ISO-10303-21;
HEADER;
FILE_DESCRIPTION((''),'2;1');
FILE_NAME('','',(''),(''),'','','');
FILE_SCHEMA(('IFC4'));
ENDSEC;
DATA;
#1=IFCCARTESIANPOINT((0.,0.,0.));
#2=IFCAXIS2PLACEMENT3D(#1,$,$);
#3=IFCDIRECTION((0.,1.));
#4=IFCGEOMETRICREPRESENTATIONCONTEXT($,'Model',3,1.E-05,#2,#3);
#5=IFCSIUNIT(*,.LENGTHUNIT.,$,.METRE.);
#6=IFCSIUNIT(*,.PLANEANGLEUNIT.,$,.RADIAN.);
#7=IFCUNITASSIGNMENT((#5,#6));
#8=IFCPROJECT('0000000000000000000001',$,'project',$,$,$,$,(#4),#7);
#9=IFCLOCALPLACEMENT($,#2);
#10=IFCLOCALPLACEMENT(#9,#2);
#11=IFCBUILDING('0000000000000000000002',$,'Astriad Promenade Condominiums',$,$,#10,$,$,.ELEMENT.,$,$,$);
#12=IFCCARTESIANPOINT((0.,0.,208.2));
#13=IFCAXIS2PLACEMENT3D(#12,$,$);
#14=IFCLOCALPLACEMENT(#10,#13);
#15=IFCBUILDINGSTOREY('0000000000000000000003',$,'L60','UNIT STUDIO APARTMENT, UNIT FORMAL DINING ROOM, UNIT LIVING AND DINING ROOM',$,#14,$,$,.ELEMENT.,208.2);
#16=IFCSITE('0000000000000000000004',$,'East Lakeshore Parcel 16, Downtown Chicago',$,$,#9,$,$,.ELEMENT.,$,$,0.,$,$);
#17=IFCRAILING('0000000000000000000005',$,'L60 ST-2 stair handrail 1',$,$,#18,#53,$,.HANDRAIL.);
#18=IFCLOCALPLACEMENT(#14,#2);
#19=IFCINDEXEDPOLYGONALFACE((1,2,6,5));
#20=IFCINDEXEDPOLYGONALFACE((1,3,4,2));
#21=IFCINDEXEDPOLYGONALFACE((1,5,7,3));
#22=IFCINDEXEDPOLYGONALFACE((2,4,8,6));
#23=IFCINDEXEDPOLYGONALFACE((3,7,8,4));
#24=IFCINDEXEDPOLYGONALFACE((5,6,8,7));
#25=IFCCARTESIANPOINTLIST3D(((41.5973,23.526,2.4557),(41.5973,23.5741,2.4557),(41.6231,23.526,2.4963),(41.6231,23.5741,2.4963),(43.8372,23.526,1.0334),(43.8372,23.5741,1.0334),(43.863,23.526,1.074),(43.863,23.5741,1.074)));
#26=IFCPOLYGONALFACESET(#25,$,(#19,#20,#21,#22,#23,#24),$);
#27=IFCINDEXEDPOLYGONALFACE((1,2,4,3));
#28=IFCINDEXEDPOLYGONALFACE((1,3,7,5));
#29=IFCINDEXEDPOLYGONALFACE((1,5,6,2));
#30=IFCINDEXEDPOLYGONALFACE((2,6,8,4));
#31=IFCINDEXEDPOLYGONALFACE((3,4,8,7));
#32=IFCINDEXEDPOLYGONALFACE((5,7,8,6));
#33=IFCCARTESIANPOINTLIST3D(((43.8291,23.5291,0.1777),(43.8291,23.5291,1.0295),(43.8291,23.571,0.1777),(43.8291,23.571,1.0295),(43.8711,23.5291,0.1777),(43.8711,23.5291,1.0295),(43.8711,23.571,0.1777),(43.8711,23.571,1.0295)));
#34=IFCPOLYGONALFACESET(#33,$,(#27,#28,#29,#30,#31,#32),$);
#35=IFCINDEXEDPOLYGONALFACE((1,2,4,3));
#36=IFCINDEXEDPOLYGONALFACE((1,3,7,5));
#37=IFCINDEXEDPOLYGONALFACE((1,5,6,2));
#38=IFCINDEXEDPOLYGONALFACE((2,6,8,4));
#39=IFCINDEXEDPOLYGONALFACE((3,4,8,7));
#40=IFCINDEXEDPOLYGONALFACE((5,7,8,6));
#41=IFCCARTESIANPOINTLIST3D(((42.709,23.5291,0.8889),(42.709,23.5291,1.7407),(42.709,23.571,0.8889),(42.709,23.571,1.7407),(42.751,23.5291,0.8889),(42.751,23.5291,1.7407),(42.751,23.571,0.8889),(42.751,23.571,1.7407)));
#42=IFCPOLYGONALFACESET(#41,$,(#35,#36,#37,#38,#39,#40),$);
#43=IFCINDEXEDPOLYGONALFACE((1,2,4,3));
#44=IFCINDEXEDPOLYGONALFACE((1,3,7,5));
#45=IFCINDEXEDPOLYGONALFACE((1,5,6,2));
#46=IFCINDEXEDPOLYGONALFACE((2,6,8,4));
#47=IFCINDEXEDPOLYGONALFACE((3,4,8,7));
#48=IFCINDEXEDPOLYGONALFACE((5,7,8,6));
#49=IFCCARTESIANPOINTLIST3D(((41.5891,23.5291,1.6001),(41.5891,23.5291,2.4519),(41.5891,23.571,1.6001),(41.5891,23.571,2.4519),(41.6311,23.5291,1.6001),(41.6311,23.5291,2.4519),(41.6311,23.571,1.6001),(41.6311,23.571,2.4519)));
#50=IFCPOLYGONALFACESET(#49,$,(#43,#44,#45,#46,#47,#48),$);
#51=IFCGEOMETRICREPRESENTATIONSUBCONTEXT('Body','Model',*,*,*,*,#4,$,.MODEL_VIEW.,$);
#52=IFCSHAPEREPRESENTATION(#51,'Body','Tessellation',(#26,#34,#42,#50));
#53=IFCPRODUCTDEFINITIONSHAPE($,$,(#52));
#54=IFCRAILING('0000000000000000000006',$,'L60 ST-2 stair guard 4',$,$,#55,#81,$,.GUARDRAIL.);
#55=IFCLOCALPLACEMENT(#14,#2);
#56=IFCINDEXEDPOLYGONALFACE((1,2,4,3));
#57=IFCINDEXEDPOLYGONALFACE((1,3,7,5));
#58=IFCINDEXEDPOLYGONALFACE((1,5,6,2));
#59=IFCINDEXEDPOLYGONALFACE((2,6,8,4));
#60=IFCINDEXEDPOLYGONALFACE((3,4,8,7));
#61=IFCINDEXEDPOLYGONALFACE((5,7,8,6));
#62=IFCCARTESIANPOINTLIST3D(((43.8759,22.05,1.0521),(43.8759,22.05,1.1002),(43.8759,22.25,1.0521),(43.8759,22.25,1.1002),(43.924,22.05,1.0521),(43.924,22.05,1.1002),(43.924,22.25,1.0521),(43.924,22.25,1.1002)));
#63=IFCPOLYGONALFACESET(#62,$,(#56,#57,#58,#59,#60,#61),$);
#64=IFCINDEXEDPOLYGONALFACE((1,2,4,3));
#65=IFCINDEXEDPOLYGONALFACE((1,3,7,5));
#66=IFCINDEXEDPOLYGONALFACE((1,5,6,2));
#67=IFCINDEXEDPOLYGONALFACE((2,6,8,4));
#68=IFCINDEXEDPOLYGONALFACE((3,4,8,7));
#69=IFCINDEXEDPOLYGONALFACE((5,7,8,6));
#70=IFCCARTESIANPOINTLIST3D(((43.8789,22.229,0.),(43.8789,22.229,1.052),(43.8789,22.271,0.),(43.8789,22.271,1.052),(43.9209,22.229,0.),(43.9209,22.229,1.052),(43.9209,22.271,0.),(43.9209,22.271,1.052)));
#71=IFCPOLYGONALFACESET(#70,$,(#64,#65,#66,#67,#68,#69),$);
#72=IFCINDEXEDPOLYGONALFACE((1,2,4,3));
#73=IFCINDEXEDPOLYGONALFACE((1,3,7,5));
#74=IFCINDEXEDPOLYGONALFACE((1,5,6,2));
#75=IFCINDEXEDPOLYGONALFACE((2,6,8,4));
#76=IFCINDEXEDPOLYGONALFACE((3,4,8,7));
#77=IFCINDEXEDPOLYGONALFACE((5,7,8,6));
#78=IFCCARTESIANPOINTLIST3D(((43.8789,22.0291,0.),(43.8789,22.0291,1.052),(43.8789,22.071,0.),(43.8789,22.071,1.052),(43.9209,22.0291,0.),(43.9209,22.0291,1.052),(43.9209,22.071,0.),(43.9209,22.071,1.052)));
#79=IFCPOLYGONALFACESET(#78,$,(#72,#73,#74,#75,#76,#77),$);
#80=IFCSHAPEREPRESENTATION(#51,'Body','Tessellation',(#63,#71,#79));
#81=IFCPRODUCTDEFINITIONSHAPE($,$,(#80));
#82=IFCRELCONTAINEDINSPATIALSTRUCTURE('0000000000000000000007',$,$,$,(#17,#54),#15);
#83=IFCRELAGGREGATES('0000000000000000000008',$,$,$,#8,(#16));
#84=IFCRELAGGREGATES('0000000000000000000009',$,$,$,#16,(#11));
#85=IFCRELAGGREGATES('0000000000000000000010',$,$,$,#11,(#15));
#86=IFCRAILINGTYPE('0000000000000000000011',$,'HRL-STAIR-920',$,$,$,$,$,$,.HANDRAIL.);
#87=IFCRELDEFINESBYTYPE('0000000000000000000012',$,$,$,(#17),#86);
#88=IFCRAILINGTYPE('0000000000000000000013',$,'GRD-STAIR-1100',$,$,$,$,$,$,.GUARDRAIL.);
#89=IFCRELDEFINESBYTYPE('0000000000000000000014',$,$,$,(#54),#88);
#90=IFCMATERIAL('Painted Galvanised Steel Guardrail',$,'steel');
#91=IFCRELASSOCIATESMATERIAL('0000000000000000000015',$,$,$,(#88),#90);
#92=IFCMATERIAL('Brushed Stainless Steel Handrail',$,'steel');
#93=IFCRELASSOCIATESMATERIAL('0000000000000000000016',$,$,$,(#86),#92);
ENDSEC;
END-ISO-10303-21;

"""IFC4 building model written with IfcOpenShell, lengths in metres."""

from ifc_helpers import new_model, si_unit, direction, frame, origin, origin_2d, place, context, subcontext, project, spatial, rectangle, extrude, source, transform, mapped, material, type_object, element, save


model = new_model("IFC4")

# Units and contexts
model_context = context("Model", 3, precision=1e-05, world=origin(), true_north=direction((0.0, 1.0)))
body_context = subcontext(model_context, "Body", "Model", "MODEL_VIEW")
ifc_project = project(units=[si_unit("LENGTHUNIT", "METRE"), si_unit("PLANEANGLEUNIT", "RADIAN")], contexts=[model_context])

# Site, building, storey
site_placement = place(None, origin())
site = spatial("IfcSite", under=ifc_project, at=site_placement, Name="East Lakeshore Parcel 16, Downtown Chicago", CompositionType="ELEMENT", RefElevation=0.0)
building_placement = place(site_placement, origin())
building = spatial("IfcBuilding", under=site, at=building_placement, Name="Astriad Promenade Condominiums", CompositionType="ELEMENT")
storey_placement = place(building_placement, frame((0.0, 0.0, 208.2)))
storey = spatial("IfcBuildingStorey", under=building, at=storey_placement, Name="L60", Description="UNIT STUDIO APARTMENT, UNIT FORMAL DINING ROOM, UNIT LIVING AND DINING ROOM", CompositionType="ELEMENT", Elevation=208.2)

# Railings
ifc_material_1 = material(Name="Painted Galvanised Steel Guardrail", Category="steel")
railing_type_1 = type_object("IfcRailingType", Name="GRD-STAIR-1100", PredefinedType="GUARDRAIL", material=ifc_material_1)
ifc_material_2 = material(Name="Brushed Stainless Steel Handrail", Category="steel")
railing_type_2 = type_object("IfcRailingType", Name="HRL-STAIR-920", PredefinedType="HANDRAIL", material=ifc_material_2)
shared_shape_1 = source(origin(), body_context, "Body", "SweptSolid", [
    extrude(rectangle(XDim=0.0481, YDim=0.0481, at=origin_2d()), frame((0.0, 0.0, 0.876), z_axis=(-0.844188, 0.0, 0.536048), x_axis=(0.0, -1.0, 0.0)), (0.0, 0.0, 1.0), 2.6533),
    extrude(rectangle(XDim=0.042, YDim=0.042, at=origin_2d()), origin(), (0.0, 0.0, 1.0), 0.8518),
    extrude(rectangle(XDim=0.042, YDim=0.042, at=origin_2d()), frame((-1.1201, 0.0, 0.7112)), (0.0, 0.0, 1.0), 0.8518),
    extrude(rectangle(XDim=0.042, YDim=0.042, at=origin_2d()), frame((-2.24, 0.0, 1.4224)), (0.0, 0.0, 1.0), 0.8518),
])
railing_1_placement = place(storey_placement, frame((43.8501, 23.55, 0.1777)))
element("IfcRailing", 1, at=railing_1_placement, inside=storey, type_object=railing_type_2, Name="L60 ST-2 stair handrail 1", PredefinedType="HANDRAIL", context=body_context, shape_type="MappedRepresentation", body=[
    mapped(shared_shape_1, transform((0.0, 0.0, 0.0), scale=1.0)),
])
shared_shape_2 = source(origin(), body_context, "Body", "SweptSolid", [
    extrude(rectangle(XDim=0.0481, YDim=0.0481, at=origin_2d()), frame((0.0, 0.0, 1.0762), z_axis=(0.0, -1.0, 0.0), x_axis=(1.0, 0.0, 0.0)), (0.0, 0.0, 1.0), 0.2),
    extrude(rectangle(XDim=0.042, YDim=0.042, at=origin_2d()), origin(), (0.0, 0.0, 1.0), 1.052),
    extrude(rectangle(XDim=0.042, YDim=0.042, at=origin_2d()), frame((0.0, -0.2, 0.0)), (0.0, 0.0, 1.0), 1.052),
])
railing_2_placement = place(storey_placement, frame((43.8999, 22.25, 0.0)))
element("IfcRailing", 2, at=railing_2_placement, inside=storey, type_object=railing_type_1, Name="L60 ST-2 stair guard 4", PredefinedType="GUARDRAIL", context=body_context, shape_type="MappedRepresentation", body=[
    mapped(shared_shape_2, transform((0.0, 0.0, 0.0), scale=1.0)),
])

save(model, "model.ifc")
